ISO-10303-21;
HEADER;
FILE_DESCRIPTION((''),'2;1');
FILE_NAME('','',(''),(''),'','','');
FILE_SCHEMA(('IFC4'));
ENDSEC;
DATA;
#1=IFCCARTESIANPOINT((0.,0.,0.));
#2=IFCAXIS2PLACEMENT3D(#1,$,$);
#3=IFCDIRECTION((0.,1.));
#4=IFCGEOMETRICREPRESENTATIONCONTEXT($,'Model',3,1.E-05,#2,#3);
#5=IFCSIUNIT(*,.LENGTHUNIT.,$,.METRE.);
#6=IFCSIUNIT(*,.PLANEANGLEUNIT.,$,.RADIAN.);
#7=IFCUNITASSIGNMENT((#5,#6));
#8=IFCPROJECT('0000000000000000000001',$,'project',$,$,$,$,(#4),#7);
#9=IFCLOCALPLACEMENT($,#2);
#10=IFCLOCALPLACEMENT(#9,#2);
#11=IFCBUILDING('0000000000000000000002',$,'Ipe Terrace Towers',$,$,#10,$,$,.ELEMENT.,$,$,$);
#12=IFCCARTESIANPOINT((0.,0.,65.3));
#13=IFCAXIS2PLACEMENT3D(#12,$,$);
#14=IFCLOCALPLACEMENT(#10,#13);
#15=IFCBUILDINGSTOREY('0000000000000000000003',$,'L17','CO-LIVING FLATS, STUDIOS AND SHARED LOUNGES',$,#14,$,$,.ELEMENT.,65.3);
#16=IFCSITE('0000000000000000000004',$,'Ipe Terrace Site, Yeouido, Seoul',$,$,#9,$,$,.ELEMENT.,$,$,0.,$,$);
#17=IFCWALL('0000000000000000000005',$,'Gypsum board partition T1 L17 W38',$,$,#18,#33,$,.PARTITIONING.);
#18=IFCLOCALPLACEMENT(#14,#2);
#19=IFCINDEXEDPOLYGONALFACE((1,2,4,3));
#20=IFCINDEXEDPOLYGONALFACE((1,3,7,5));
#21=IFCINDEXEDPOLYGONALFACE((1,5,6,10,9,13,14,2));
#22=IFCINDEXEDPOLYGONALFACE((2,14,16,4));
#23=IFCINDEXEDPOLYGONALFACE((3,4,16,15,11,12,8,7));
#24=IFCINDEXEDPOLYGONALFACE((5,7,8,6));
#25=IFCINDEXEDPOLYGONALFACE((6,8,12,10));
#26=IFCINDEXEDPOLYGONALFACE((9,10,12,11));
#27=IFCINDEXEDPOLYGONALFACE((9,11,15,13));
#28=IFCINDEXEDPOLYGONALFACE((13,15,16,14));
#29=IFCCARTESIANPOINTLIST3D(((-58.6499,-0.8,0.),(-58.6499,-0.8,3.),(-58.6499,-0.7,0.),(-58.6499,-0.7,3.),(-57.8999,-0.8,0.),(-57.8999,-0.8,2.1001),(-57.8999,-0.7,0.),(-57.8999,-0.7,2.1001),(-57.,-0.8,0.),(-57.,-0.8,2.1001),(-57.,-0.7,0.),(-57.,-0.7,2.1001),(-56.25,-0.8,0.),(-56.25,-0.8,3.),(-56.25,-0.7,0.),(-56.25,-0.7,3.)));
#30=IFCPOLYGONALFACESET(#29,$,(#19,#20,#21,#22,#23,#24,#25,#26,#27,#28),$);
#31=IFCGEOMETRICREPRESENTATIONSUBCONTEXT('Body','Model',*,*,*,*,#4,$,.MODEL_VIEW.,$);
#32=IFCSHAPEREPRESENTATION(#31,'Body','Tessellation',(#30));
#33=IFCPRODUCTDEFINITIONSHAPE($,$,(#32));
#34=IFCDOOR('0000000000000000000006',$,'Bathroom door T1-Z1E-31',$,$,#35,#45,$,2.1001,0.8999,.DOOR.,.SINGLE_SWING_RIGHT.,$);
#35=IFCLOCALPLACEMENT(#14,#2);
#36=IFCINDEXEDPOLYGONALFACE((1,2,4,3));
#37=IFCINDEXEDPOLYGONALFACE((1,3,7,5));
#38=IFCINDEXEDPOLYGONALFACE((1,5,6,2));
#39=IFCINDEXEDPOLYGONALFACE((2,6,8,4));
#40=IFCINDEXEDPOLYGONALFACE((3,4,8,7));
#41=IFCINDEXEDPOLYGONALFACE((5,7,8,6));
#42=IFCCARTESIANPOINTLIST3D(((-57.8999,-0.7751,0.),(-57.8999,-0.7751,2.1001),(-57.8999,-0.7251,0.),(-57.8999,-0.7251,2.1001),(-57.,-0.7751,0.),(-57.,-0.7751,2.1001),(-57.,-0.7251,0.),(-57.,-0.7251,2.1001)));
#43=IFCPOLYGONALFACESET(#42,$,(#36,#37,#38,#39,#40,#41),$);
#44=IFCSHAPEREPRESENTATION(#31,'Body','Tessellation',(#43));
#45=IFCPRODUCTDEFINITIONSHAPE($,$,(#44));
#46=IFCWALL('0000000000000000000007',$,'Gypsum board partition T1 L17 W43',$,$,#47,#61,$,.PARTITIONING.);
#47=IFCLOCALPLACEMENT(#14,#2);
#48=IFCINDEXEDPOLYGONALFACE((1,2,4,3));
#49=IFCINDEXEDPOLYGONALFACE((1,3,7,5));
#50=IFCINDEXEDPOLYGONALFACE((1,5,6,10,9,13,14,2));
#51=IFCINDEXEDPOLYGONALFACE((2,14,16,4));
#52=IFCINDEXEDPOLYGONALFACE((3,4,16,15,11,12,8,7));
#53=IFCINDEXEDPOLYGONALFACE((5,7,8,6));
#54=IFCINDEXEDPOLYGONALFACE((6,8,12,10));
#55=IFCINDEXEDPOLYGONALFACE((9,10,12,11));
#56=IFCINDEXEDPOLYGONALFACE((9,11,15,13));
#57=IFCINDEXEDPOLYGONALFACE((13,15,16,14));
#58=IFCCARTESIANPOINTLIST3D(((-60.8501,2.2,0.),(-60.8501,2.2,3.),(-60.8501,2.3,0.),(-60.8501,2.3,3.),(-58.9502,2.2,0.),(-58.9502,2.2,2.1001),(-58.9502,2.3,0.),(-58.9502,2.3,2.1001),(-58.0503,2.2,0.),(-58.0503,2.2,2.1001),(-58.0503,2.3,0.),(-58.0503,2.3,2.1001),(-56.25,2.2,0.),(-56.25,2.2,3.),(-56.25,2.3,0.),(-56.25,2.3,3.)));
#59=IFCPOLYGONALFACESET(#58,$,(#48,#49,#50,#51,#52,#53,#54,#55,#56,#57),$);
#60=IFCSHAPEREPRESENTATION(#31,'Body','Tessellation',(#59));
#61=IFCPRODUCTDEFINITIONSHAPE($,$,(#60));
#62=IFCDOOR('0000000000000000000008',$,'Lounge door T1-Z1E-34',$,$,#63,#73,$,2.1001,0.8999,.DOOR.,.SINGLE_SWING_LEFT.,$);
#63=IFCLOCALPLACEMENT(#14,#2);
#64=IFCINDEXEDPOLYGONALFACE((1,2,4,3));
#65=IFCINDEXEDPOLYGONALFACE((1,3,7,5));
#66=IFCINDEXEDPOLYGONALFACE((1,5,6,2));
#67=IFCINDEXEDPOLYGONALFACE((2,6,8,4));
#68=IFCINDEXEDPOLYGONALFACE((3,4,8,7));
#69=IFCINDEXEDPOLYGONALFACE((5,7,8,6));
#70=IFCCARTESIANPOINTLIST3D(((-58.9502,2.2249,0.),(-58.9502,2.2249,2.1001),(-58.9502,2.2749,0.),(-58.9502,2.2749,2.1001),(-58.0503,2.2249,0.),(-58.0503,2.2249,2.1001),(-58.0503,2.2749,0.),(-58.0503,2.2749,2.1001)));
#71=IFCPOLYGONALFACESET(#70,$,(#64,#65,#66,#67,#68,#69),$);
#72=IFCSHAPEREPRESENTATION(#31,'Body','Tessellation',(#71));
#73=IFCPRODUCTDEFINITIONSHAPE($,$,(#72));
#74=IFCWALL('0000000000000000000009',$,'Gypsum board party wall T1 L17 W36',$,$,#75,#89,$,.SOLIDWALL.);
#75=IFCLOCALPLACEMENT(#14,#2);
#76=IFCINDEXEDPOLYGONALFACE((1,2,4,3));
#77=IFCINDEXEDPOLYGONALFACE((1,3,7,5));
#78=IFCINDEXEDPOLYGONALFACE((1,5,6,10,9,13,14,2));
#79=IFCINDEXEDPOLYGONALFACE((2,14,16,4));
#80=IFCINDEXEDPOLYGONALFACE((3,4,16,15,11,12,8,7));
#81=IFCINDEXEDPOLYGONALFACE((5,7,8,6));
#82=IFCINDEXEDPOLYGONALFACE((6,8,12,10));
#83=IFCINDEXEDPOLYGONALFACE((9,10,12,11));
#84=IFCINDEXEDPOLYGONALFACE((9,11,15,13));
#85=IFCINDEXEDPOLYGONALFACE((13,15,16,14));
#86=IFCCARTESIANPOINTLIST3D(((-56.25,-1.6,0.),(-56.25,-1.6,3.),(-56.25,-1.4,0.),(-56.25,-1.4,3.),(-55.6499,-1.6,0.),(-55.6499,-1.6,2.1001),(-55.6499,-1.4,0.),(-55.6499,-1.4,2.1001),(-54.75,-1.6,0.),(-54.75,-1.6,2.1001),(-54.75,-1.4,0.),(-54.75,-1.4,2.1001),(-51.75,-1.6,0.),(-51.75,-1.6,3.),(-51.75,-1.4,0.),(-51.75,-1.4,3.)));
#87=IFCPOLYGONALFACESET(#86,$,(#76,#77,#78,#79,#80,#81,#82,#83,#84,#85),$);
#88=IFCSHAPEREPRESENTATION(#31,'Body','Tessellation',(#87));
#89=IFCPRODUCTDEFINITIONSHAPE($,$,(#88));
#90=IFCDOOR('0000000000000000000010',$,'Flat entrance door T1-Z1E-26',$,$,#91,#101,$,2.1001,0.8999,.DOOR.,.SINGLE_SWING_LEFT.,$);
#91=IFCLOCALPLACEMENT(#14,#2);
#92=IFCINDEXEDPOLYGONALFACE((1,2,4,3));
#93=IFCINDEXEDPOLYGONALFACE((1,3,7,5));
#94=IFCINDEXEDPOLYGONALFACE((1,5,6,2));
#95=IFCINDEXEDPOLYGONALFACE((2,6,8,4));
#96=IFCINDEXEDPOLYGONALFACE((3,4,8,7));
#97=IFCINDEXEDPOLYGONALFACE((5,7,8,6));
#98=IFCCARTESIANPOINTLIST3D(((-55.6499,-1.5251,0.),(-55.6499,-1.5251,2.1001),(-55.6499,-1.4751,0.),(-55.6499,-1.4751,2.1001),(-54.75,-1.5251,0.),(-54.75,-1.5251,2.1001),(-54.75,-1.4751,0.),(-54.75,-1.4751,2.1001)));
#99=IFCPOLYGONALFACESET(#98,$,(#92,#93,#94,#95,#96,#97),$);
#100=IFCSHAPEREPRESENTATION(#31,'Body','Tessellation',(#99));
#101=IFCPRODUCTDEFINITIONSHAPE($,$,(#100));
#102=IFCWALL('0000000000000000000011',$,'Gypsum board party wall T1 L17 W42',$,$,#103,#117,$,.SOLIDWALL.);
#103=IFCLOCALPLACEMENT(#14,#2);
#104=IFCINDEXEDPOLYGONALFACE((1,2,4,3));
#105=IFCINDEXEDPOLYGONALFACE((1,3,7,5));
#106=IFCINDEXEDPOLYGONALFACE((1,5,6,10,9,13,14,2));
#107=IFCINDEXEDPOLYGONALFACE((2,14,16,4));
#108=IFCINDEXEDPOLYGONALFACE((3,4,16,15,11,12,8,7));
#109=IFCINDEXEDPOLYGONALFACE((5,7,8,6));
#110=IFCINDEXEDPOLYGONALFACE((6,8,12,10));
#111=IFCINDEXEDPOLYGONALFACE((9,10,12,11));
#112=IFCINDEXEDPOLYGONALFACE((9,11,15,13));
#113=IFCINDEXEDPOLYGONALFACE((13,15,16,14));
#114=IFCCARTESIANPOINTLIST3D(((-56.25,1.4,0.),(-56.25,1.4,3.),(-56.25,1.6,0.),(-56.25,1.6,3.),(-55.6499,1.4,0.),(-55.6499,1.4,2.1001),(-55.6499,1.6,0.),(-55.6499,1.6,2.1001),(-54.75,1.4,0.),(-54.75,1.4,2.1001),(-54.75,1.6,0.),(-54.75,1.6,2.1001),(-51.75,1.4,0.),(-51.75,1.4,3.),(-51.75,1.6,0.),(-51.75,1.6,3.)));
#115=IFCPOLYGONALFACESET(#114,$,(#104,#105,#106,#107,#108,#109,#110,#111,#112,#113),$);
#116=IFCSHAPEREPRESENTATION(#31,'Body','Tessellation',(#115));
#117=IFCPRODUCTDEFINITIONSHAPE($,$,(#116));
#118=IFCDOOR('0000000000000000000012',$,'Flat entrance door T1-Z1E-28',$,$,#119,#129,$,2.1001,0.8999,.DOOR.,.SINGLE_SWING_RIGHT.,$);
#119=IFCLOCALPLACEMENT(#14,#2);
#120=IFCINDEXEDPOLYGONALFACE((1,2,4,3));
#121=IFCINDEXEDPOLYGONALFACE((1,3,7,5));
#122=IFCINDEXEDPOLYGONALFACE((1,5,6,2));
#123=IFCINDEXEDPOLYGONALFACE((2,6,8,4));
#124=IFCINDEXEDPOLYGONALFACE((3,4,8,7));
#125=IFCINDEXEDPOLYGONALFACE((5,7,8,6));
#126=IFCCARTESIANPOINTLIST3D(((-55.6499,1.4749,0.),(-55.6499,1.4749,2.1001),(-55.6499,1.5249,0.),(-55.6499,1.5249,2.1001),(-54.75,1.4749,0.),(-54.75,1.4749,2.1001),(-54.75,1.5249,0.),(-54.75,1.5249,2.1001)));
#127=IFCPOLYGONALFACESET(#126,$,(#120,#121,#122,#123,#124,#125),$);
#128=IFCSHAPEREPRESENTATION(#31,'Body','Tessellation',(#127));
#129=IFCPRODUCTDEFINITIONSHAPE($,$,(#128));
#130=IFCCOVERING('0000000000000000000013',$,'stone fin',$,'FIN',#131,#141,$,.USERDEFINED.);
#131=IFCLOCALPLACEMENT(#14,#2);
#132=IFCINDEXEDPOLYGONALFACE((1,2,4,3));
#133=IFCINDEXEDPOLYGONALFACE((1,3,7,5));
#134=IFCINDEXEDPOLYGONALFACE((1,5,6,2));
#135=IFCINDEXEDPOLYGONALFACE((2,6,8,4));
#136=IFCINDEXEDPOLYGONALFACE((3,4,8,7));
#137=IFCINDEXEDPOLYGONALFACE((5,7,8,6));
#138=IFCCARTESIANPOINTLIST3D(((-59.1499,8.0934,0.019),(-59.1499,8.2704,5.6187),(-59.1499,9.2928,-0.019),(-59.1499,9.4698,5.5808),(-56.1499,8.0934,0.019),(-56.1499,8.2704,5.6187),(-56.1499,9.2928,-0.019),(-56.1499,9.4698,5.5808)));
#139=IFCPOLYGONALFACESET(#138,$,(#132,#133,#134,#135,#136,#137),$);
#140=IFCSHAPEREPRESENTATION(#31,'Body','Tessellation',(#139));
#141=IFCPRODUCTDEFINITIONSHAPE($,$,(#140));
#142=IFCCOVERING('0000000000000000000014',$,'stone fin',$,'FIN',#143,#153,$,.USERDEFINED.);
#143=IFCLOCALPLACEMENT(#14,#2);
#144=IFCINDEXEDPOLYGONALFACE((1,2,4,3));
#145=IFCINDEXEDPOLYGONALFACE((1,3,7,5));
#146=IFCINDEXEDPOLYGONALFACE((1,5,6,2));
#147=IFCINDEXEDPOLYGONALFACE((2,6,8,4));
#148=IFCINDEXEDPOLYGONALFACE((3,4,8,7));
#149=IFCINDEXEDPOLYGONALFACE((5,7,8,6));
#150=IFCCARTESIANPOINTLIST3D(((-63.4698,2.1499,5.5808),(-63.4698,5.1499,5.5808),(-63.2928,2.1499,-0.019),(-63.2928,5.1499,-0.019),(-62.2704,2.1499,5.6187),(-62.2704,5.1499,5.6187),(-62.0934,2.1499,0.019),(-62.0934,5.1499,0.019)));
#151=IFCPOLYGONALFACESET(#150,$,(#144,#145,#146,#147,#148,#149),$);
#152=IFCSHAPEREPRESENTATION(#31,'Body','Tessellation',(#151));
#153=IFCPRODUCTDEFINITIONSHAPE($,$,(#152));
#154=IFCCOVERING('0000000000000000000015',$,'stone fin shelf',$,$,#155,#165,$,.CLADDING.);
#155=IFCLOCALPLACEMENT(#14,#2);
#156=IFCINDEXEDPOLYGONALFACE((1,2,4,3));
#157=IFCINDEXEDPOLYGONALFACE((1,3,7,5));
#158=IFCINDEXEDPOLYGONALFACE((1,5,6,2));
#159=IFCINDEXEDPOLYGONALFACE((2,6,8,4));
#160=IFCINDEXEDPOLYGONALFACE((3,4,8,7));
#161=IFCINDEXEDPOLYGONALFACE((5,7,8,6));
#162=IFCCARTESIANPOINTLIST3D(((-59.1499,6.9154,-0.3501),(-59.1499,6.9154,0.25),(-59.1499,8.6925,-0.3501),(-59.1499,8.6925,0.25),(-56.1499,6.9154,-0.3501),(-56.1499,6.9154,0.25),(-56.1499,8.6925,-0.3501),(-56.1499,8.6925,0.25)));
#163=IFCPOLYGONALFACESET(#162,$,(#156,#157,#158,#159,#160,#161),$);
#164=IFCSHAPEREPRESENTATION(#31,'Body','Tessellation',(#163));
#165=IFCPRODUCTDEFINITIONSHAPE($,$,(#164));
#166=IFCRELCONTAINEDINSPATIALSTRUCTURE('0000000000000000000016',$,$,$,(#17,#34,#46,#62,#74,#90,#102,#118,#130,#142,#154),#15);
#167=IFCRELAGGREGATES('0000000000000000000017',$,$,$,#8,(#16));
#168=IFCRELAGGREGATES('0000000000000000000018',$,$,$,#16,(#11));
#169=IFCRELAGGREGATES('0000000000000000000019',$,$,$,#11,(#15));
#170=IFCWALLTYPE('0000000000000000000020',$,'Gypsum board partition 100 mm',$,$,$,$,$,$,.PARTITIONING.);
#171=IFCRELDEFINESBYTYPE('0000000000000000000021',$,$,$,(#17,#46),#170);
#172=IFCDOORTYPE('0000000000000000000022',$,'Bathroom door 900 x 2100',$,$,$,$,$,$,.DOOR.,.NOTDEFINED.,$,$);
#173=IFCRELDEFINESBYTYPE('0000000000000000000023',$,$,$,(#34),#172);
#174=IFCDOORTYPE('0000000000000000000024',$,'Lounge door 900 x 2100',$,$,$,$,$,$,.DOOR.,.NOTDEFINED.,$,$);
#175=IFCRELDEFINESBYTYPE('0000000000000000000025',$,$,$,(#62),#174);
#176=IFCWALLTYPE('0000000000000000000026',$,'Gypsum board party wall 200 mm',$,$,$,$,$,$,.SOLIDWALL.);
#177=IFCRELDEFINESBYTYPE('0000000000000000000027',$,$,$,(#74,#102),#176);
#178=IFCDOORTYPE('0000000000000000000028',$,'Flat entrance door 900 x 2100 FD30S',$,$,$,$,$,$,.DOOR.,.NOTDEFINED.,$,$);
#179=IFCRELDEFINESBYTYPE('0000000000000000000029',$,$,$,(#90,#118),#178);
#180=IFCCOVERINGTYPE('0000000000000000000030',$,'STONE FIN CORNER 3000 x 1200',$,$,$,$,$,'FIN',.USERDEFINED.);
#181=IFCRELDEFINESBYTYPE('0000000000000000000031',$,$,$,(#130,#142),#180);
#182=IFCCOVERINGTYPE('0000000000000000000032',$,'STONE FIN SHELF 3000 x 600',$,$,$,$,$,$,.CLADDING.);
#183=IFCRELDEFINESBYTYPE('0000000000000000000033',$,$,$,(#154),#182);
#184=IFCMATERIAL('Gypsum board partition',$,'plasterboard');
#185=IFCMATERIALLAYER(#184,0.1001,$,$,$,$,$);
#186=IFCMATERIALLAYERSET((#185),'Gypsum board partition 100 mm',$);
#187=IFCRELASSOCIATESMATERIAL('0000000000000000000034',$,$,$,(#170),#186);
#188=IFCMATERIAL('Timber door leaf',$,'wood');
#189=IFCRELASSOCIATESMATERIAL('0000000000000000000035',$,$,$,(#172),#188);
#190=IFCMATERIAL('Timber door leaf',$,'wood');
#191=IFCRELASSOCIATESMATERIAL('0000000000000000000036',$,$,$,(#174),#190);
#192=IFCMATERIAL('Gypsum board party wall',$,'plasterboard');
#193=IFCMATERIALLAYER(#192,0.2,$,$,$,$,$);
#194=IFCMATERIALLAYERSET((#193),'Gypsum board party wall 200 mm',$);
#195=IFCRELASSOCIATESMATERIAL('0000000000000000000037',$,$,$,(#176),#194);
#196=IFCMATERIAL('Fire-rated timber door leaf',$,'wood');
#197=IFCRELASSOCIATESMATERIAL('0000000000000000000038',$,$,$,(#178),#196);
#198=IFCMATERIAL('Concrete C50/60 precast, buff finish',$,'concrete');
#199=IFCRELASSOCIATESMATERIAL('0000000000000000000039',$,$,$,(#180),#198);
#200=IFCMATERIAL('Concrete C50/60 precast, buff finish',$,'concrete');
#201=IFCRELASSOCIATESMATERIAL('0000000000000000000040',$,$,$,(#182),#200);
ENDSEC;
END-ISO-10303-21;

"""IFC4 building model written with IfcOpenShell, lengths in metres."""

from ifc_helpers import new_model, si_unit, direction, frame, frame_2d, origin, origin_2d, place, context, subcontext, project, spatial, rectangle, extrude, material, layer, layer_set, material_profile, profile_set, type_object, element, fill, save


model = new_model("IFC4")

# Units and contexts
model_context = context("Model", 3, precision=1e-05, world=origin(), true_north=direction((0.0, 1.0)))
body_context = subcontext(model_context, "Body", "Model", "MODEL_VIEW")
ifc_project = project(units=[si_unit("LENGTHUNIT", "METRE"), si_unit("PLANEANGLEUNIT", "RADIAN")], contexts=[model_context])

# Site, building, storey
site_placement = place(None, origin())
site = spatial("IfcSite", under=ifc_project, at=site_placement, Name="Ipe Terrace Site, Yeouido, Seoul", CompositionType="ELEMENT", RefElevation=0.0)
building_placement = place(site_placement, origin())
building = spatial("IfcBuilding", under=site, at=building_placement, Name="Ipe Terrace Towers", CompositionType="ELEMENT")
storey_placement = place(building_placement, frame((0.0, 0.0, 65.3)))
storey = spatial("IfcBuildingStorey", under=building, at=storey_placement, Name="L17", Description="CO-LIVING FLATS, STUDIOS AND SHARED LOUNGES", CompositionType="ELEMENT", Elevation=65.3)

# Walls, openings, doors
ifc_material_1 = material(Name="Gypsum board partition", Category="plasterboard")
ifc_layer_1 = layer(ifc_material_1, 0.1001)
ifc_layer_set_1 = layer_set([ifc_layer_1], Name="Gypsum board partition 100 mm")
wall_type_1 = type_object("IfcWallType", Name="Gypsum board partition 100 mm", PredefinedType="PARTITIONING", material=ifc_layer_set_1)
wall_1_placement = place(storey_placement, frame((-58.6499, -0.75, 0.0), z_axis=(0.0, 0.0, 1.0), x_axis=(1.0, 0.0, 0.0)))
wall_1 = element("IfcWall", 1, at=wall_1_placement, inside=storey, type_object=wall_type_1, Name="Gypsum board partition T1 L17 W38", PredefinedType="PARTITIONING", context=body_context, shape_type="SweptSolid", body=[
    extrude(rectangle(XDim=2.3999, YDim=0.1001, at=frame_2d((1.2, 0.0))), origin(), (0.0, 0.0, 1.0), 3.0),
])
opening_1_placement = place(wall_1_placement, frame((0.75, 0.0, 0.0)))
opening_1 = element("IfcOpeningElement", 2, at=opening_1_placement, cuts=wall_1, PredefinedType="OPENING", context=body_context, shape_type="SweptSolid", body=[
    extrude(rectangle(XDim=0.8999, YDim=2.1001, at=frame_2d((0.45, 1.05))), frame((0.0, 0.0601, 0.0), z_axis=(0.0, -1.0, 0.0), x_axis=(1.0, 0.0, 0.0)), (0.0, 0.0, 1.0), 0.1201),
])
ifc_material_2 = material(Name="Timber door leaf", Category="wood")
door_type_1 = type_object("IfcDoorType", Name="Bathroom door 900 x 2100", OperationType="NOTDEFINED", PredefinedType="DOOR", material=ifc_material_2)
door_1_placement = place(opening_1_placement, origin())
door_1 = element("IfcDoor", 3, at=door_1_placement, inside=storey, type_object=door_type_1, Name="Bathroom door T1-Z1E-31", OperationType="SINGLE_SWING_RIGHT", OverallHeight=2.1001, OverallWidth=0.8999, PredefinedType="DOOR", context=body_context, shape_type="SweptSolid", body=[
    extrude(rectangle(XDim=0.8999, YDim=2.1001, at=frame_2d((0.45, 1.05))), frame((0.0, 0.0249, 0.0), z_axis=(0.0, -1.0, 0.0), x_axis=(1.0, 0.0, 0.0)), (0.0, 0.0, 1.0), 0.05),
])
fill(opening_1, door_1)
wall_2_placement = place(storey_placement, frame((-60.8501, 2.25, 0.0), z_axis=(0.0, 0.0, 1.0), x_axis=(1.0, 0.0, 0.0)))
wall_2 = element("IfcWall", 4, at=wall_2_placement, inside=storey, type_object=wall_type_1, Name="Gypsum board partition T1 L17 W43", PredefinedType="PARTITIONING", context=body_context, shape_type="SweptSolid", body=[
    extrude(rectangle(XDim=4.6001, YDim=0.1001, at=frame_2d((2.3, 0.0))), origin(), (0.0, 0.0, 1.0), 3.0),
])
opening_2_placement = place(wall_2_placement, frame((1.8999, 0.0, 0.0)))
opening_2 = element("IfcOpeningElement", 5, at=opening_2_placement, cuts=wall_2, PredefinedType="OPENING", context=body_context, shape_type="SweptSolid", body=[
    extrude(rectangle(XDim=0.8999, YDim=2.1001, at=frame_2d((0.45, 1.05))), frame((0.0, 0.0601, 0.0), z_axis=(0.0, -1.0, 0.0), x_axis=(1.0, 0.0, 0.0)), (0.0, 0.0, 1.0), 0.1201),
])
ifc_material_3 = material(Name="Timber door leaf", Category="wood")
door_type_2 = type_object("IfcDoorType", Name="Lounge door 900 x 2100", OperationType="NOTDEFINED", PredefinedType="DOOR", material=ifc_material_3)
door_2_placement = place(opening_2_placement, origin())
door_2 = element("IfcDoor", 6, at=door_2_placement, inside=storey, type_object=door_type_2, Name="Lounge door T1-Z1E-34", OperationType="SINGLE_SWING_LEFT", OverallHeight=2.1001, OverallWidth=0.8999, PredefinedType="DOOR", context=body_context, shape_type="SweptSolid", body=[
    extrude(rectangle(XDim=0.8999, YDim=2.1001, at=frame_2d((0.45, 1.05))), frame((0.0, 0.0249, 0.0), z_axis=(0.0, -1.0, 0.0), x_axis=(1.0, 0.0, 0.0)), (0.0, 0.0, 1.0), 0.05),
])
fill(opening_2, door_2)
ifc_material_4 = material(Name="Gypsum board party wall", Category="plasterboard")
ifc_layer_2 = layer(ifc_material_4, 0.2)
ifc_layer_set_2 = layer_set([ifc_layer_2], Name="Gypsum board party wall 200 mm")
wall_type_2 = type_object("IfcWallType", Name="Gypsum board party wall 200 mm", PredefinedType="SOLIDWALL", material=ifc_layer_set_2)
wall_3_placement = place(storey_placement, frame((-56.25, -1.5, 0.0), z_axis=(0.0, 0.0, 1.0), x_axis=(1.0, 0.0, 0.0)))
wall_3 = element("IfcWall", 7, at=wall_3_placement, inside=storey, type_object=wall_type_2, Name="Gypsum board party wall T1 L17 W36", PredefinedType="SOLIDWALL", context=body_context, shape_type="SweptSolid", body=[
    extrude(rectangle(XDim=4.5, YDim=0.2, at=frame_2d((2.25, 0.0))), origin(), (0.0, 0.0, 1.0), 3.0),
])
opening_3_placement = place(wall_3_placement, frame((0.6001, 0.0, 0.0)))
opening_3 = element("IfcOpeningElement", 8, at=opening_3_placement, cuts=wall_3, PredefinedType="OPENING", context=body_context, shape_type="SweptSolid", body=[
    extrude(rectangle(XDim=0.8999, YDim=2.1001, at=frame_2d((0.45, 1.05))), frame((0.0, 0.1099, 0.0), z_axis=(0.0, -1.0, 0.0), x_axis=(1.0, 0.0, 0.0)), (0.0, 0.0, 1.0), 0.22),
])
ifc_material_5 = material(Name="Fire-rated timber door leaf", Category="wood")
door_type_3 = type_object("IfcDoorType", Name="Flat entrance door 900 x 2100 FD30S", OperationType="NOTDEFINED", PredefinedType="DOOR", material=ifc_material_5)
door_3_placement = place(opening_3_placement, origin())
door_3 = element("IfcDoor", 9, at=door_3_placement, inside=storey, type_object=door_type_3, Name="Flat entrance door T1-Z1E-26", OperationType="SINGLE_SWING_LEFT", OverallHeight=2.1001, OverallWidth=0.8999, PredefinedType="DOOR", context=body_context, shape_type="SweptSolid", body=[
    extrude(rectangle(XDim=0.8999, YDim=2.1001, at=frame_2d((0.45, 1.05))), frame((0.0, 0.0249, 0.0), z_axis=(0.0, -1.0, 0.0), x_axis=(1.0, 0.0, 0.0)), (0.0, 0.0, 1.0), 0.05),
])
fill(opening_3, door_3)
wall_4_placement = place(storey_placement, frame((-56.25, 1.5, 0.0), z_axis=(0.0, 0.0, 1.0), x_axis=(1.0, 0.0, 0.0)))
wall_4 = element("IfcWall", 10, at=wall_4_placement, inside=storey, type_object=wall_type_2, Name="Gypsum board party wall T1 L17 W42", PredefinedType="SOLIDWALL", context=body_context, shape_type="SweptSolid", body=[
    extrude(rectangle(XDim=4.5, YDim=0.2, at=frame_2d((2.25, 0.0))), origin(), (0.0, 0.0, 1.0), 3.0),
])
opening_4_placement = place(wall_4_placement, frame((0.6001, 0.0, 0.0)))
opening_4 = element("IfcOpeningElement", 11, at=opening_4_placement, cuts=wall_4, PredefinedType="OPENING", context=body_context, shape_type="SweptSolid", body=[
    extrude(rectangle(XDim=0.8999, YDim=2.1001, at=frame_2d((0.45, 1.05))), frame((0.0, 0.1099, 0.0), z_axis=(0.0, -1.0, 0.0), x_axis=(1.0, 0.0, 0.0)), (0.0, 0.0, 1.0), 0.22),
])
door_4_placement = place(opening_4_placement, origin())
door_4 = element("IfcDoor", 12, at=door_4_placement, inside=storey, type_object=door_type_3, Name="Flat entrance door T1-Z1E-28", OperationType="SINGLE_SWING_RIGHT", OverallHeight=2.1001, OverallWidth=0.8999, PredefinedType="DOOR", context=body_context, shape_type="SweptSolid", body=[
    extrude(rectangle(XDim=0.8999, YDim=2.1001, at=frame_2d((0.45, 1.05))), frame((0.0, 0.0249, 0.0), z_axis=(0.0, -1.0, 0.0), x_axis=(1.0, 0.0, 0.0)), (0.0, 0.0, 1.0), 0.05),
])
fill(opening_4, door_4)

# Coverings
ifc_material_6 = material(Name="Concrete C50/60 precast, buff finish", Category="concrete")
ifc_material_profile_1 = material_profile(ifc_material_6, rectangle(XDim=3.0, YDim=1.2, at=origin_2d()), Name="STONE FIN CORNER 3000 x 1200")
ifc_profile_set_1 = profile_set([ifc_material_profile_1], Name="Concrete C50/60 precast, buff finish")
covering_type_1 = type_object("IfcCoveringType", Name="STONE FIN CORNER 3000 x 1200", ElementType="FIN", PredefinedType="USERDEFINED", material=ifc_profile_set_1)
for number, where, z_axis, x_axis, name in (
    (13, (-57.6499, 8.6931, 0.0), (0.0, 0.031593, 0.999501), (-1.0, 0.0, 0.0), "stone fin"),
    (14, (-62.6931, 3.6499, 0.0), (-0.031593, 0.0, 0.999501), (0.0, -1.0, 0.0), "stone fin"),
):
    element("IfcCovering", number, at=place(storey_placement, frame(where, z_axis=z_axis, x_axis=x_axis)), inside=storey, type_object=covering_type_1, Name=name, ObjectType="FIN", PredefinedType="USERDEFINED", context=body_context, shape_type="SweptSolid", body=[
        extrude(rectangle(XDim=3.0, YDim=1.2, at=origin_2d()), origin(), (0.0, 0.0, 1.0), 5.6025),
    ])
ifc_material_7 = material(Name="Concrete C50/60 precast, buff finish", Category="concrete")
covering_type_2 = type_object("IfcCoveringType", Name="STONE FIN SHELF 3000 x 600", PredefinedType="CLADDING", material=ifc_material_7)
for number, where, z_axis, x_axis, name in (
    (15, (-57.6499, 7.804, -0.3501), (0.0, 0.0, 1.0), (-1.0, 0.0, 0.0), "stone fin shelf"),
):
    element("IfcCovering", number, at=place(storey_placement, frame(where, z_axis=z_axis, x_axis=x_axis)), inside=storey, type_object=covering_type_2, Name=name, PredefinedType="CLADDING", context=body_context, shape_type="SweptSolid", body=[
        extrude(rectangle(XDim=3.0, YDim=1.7771, at=origin_2d()), origin(), (0.0, 0.0, 1.0), 0.6001),
    ])

save(model, "model.ifc")
